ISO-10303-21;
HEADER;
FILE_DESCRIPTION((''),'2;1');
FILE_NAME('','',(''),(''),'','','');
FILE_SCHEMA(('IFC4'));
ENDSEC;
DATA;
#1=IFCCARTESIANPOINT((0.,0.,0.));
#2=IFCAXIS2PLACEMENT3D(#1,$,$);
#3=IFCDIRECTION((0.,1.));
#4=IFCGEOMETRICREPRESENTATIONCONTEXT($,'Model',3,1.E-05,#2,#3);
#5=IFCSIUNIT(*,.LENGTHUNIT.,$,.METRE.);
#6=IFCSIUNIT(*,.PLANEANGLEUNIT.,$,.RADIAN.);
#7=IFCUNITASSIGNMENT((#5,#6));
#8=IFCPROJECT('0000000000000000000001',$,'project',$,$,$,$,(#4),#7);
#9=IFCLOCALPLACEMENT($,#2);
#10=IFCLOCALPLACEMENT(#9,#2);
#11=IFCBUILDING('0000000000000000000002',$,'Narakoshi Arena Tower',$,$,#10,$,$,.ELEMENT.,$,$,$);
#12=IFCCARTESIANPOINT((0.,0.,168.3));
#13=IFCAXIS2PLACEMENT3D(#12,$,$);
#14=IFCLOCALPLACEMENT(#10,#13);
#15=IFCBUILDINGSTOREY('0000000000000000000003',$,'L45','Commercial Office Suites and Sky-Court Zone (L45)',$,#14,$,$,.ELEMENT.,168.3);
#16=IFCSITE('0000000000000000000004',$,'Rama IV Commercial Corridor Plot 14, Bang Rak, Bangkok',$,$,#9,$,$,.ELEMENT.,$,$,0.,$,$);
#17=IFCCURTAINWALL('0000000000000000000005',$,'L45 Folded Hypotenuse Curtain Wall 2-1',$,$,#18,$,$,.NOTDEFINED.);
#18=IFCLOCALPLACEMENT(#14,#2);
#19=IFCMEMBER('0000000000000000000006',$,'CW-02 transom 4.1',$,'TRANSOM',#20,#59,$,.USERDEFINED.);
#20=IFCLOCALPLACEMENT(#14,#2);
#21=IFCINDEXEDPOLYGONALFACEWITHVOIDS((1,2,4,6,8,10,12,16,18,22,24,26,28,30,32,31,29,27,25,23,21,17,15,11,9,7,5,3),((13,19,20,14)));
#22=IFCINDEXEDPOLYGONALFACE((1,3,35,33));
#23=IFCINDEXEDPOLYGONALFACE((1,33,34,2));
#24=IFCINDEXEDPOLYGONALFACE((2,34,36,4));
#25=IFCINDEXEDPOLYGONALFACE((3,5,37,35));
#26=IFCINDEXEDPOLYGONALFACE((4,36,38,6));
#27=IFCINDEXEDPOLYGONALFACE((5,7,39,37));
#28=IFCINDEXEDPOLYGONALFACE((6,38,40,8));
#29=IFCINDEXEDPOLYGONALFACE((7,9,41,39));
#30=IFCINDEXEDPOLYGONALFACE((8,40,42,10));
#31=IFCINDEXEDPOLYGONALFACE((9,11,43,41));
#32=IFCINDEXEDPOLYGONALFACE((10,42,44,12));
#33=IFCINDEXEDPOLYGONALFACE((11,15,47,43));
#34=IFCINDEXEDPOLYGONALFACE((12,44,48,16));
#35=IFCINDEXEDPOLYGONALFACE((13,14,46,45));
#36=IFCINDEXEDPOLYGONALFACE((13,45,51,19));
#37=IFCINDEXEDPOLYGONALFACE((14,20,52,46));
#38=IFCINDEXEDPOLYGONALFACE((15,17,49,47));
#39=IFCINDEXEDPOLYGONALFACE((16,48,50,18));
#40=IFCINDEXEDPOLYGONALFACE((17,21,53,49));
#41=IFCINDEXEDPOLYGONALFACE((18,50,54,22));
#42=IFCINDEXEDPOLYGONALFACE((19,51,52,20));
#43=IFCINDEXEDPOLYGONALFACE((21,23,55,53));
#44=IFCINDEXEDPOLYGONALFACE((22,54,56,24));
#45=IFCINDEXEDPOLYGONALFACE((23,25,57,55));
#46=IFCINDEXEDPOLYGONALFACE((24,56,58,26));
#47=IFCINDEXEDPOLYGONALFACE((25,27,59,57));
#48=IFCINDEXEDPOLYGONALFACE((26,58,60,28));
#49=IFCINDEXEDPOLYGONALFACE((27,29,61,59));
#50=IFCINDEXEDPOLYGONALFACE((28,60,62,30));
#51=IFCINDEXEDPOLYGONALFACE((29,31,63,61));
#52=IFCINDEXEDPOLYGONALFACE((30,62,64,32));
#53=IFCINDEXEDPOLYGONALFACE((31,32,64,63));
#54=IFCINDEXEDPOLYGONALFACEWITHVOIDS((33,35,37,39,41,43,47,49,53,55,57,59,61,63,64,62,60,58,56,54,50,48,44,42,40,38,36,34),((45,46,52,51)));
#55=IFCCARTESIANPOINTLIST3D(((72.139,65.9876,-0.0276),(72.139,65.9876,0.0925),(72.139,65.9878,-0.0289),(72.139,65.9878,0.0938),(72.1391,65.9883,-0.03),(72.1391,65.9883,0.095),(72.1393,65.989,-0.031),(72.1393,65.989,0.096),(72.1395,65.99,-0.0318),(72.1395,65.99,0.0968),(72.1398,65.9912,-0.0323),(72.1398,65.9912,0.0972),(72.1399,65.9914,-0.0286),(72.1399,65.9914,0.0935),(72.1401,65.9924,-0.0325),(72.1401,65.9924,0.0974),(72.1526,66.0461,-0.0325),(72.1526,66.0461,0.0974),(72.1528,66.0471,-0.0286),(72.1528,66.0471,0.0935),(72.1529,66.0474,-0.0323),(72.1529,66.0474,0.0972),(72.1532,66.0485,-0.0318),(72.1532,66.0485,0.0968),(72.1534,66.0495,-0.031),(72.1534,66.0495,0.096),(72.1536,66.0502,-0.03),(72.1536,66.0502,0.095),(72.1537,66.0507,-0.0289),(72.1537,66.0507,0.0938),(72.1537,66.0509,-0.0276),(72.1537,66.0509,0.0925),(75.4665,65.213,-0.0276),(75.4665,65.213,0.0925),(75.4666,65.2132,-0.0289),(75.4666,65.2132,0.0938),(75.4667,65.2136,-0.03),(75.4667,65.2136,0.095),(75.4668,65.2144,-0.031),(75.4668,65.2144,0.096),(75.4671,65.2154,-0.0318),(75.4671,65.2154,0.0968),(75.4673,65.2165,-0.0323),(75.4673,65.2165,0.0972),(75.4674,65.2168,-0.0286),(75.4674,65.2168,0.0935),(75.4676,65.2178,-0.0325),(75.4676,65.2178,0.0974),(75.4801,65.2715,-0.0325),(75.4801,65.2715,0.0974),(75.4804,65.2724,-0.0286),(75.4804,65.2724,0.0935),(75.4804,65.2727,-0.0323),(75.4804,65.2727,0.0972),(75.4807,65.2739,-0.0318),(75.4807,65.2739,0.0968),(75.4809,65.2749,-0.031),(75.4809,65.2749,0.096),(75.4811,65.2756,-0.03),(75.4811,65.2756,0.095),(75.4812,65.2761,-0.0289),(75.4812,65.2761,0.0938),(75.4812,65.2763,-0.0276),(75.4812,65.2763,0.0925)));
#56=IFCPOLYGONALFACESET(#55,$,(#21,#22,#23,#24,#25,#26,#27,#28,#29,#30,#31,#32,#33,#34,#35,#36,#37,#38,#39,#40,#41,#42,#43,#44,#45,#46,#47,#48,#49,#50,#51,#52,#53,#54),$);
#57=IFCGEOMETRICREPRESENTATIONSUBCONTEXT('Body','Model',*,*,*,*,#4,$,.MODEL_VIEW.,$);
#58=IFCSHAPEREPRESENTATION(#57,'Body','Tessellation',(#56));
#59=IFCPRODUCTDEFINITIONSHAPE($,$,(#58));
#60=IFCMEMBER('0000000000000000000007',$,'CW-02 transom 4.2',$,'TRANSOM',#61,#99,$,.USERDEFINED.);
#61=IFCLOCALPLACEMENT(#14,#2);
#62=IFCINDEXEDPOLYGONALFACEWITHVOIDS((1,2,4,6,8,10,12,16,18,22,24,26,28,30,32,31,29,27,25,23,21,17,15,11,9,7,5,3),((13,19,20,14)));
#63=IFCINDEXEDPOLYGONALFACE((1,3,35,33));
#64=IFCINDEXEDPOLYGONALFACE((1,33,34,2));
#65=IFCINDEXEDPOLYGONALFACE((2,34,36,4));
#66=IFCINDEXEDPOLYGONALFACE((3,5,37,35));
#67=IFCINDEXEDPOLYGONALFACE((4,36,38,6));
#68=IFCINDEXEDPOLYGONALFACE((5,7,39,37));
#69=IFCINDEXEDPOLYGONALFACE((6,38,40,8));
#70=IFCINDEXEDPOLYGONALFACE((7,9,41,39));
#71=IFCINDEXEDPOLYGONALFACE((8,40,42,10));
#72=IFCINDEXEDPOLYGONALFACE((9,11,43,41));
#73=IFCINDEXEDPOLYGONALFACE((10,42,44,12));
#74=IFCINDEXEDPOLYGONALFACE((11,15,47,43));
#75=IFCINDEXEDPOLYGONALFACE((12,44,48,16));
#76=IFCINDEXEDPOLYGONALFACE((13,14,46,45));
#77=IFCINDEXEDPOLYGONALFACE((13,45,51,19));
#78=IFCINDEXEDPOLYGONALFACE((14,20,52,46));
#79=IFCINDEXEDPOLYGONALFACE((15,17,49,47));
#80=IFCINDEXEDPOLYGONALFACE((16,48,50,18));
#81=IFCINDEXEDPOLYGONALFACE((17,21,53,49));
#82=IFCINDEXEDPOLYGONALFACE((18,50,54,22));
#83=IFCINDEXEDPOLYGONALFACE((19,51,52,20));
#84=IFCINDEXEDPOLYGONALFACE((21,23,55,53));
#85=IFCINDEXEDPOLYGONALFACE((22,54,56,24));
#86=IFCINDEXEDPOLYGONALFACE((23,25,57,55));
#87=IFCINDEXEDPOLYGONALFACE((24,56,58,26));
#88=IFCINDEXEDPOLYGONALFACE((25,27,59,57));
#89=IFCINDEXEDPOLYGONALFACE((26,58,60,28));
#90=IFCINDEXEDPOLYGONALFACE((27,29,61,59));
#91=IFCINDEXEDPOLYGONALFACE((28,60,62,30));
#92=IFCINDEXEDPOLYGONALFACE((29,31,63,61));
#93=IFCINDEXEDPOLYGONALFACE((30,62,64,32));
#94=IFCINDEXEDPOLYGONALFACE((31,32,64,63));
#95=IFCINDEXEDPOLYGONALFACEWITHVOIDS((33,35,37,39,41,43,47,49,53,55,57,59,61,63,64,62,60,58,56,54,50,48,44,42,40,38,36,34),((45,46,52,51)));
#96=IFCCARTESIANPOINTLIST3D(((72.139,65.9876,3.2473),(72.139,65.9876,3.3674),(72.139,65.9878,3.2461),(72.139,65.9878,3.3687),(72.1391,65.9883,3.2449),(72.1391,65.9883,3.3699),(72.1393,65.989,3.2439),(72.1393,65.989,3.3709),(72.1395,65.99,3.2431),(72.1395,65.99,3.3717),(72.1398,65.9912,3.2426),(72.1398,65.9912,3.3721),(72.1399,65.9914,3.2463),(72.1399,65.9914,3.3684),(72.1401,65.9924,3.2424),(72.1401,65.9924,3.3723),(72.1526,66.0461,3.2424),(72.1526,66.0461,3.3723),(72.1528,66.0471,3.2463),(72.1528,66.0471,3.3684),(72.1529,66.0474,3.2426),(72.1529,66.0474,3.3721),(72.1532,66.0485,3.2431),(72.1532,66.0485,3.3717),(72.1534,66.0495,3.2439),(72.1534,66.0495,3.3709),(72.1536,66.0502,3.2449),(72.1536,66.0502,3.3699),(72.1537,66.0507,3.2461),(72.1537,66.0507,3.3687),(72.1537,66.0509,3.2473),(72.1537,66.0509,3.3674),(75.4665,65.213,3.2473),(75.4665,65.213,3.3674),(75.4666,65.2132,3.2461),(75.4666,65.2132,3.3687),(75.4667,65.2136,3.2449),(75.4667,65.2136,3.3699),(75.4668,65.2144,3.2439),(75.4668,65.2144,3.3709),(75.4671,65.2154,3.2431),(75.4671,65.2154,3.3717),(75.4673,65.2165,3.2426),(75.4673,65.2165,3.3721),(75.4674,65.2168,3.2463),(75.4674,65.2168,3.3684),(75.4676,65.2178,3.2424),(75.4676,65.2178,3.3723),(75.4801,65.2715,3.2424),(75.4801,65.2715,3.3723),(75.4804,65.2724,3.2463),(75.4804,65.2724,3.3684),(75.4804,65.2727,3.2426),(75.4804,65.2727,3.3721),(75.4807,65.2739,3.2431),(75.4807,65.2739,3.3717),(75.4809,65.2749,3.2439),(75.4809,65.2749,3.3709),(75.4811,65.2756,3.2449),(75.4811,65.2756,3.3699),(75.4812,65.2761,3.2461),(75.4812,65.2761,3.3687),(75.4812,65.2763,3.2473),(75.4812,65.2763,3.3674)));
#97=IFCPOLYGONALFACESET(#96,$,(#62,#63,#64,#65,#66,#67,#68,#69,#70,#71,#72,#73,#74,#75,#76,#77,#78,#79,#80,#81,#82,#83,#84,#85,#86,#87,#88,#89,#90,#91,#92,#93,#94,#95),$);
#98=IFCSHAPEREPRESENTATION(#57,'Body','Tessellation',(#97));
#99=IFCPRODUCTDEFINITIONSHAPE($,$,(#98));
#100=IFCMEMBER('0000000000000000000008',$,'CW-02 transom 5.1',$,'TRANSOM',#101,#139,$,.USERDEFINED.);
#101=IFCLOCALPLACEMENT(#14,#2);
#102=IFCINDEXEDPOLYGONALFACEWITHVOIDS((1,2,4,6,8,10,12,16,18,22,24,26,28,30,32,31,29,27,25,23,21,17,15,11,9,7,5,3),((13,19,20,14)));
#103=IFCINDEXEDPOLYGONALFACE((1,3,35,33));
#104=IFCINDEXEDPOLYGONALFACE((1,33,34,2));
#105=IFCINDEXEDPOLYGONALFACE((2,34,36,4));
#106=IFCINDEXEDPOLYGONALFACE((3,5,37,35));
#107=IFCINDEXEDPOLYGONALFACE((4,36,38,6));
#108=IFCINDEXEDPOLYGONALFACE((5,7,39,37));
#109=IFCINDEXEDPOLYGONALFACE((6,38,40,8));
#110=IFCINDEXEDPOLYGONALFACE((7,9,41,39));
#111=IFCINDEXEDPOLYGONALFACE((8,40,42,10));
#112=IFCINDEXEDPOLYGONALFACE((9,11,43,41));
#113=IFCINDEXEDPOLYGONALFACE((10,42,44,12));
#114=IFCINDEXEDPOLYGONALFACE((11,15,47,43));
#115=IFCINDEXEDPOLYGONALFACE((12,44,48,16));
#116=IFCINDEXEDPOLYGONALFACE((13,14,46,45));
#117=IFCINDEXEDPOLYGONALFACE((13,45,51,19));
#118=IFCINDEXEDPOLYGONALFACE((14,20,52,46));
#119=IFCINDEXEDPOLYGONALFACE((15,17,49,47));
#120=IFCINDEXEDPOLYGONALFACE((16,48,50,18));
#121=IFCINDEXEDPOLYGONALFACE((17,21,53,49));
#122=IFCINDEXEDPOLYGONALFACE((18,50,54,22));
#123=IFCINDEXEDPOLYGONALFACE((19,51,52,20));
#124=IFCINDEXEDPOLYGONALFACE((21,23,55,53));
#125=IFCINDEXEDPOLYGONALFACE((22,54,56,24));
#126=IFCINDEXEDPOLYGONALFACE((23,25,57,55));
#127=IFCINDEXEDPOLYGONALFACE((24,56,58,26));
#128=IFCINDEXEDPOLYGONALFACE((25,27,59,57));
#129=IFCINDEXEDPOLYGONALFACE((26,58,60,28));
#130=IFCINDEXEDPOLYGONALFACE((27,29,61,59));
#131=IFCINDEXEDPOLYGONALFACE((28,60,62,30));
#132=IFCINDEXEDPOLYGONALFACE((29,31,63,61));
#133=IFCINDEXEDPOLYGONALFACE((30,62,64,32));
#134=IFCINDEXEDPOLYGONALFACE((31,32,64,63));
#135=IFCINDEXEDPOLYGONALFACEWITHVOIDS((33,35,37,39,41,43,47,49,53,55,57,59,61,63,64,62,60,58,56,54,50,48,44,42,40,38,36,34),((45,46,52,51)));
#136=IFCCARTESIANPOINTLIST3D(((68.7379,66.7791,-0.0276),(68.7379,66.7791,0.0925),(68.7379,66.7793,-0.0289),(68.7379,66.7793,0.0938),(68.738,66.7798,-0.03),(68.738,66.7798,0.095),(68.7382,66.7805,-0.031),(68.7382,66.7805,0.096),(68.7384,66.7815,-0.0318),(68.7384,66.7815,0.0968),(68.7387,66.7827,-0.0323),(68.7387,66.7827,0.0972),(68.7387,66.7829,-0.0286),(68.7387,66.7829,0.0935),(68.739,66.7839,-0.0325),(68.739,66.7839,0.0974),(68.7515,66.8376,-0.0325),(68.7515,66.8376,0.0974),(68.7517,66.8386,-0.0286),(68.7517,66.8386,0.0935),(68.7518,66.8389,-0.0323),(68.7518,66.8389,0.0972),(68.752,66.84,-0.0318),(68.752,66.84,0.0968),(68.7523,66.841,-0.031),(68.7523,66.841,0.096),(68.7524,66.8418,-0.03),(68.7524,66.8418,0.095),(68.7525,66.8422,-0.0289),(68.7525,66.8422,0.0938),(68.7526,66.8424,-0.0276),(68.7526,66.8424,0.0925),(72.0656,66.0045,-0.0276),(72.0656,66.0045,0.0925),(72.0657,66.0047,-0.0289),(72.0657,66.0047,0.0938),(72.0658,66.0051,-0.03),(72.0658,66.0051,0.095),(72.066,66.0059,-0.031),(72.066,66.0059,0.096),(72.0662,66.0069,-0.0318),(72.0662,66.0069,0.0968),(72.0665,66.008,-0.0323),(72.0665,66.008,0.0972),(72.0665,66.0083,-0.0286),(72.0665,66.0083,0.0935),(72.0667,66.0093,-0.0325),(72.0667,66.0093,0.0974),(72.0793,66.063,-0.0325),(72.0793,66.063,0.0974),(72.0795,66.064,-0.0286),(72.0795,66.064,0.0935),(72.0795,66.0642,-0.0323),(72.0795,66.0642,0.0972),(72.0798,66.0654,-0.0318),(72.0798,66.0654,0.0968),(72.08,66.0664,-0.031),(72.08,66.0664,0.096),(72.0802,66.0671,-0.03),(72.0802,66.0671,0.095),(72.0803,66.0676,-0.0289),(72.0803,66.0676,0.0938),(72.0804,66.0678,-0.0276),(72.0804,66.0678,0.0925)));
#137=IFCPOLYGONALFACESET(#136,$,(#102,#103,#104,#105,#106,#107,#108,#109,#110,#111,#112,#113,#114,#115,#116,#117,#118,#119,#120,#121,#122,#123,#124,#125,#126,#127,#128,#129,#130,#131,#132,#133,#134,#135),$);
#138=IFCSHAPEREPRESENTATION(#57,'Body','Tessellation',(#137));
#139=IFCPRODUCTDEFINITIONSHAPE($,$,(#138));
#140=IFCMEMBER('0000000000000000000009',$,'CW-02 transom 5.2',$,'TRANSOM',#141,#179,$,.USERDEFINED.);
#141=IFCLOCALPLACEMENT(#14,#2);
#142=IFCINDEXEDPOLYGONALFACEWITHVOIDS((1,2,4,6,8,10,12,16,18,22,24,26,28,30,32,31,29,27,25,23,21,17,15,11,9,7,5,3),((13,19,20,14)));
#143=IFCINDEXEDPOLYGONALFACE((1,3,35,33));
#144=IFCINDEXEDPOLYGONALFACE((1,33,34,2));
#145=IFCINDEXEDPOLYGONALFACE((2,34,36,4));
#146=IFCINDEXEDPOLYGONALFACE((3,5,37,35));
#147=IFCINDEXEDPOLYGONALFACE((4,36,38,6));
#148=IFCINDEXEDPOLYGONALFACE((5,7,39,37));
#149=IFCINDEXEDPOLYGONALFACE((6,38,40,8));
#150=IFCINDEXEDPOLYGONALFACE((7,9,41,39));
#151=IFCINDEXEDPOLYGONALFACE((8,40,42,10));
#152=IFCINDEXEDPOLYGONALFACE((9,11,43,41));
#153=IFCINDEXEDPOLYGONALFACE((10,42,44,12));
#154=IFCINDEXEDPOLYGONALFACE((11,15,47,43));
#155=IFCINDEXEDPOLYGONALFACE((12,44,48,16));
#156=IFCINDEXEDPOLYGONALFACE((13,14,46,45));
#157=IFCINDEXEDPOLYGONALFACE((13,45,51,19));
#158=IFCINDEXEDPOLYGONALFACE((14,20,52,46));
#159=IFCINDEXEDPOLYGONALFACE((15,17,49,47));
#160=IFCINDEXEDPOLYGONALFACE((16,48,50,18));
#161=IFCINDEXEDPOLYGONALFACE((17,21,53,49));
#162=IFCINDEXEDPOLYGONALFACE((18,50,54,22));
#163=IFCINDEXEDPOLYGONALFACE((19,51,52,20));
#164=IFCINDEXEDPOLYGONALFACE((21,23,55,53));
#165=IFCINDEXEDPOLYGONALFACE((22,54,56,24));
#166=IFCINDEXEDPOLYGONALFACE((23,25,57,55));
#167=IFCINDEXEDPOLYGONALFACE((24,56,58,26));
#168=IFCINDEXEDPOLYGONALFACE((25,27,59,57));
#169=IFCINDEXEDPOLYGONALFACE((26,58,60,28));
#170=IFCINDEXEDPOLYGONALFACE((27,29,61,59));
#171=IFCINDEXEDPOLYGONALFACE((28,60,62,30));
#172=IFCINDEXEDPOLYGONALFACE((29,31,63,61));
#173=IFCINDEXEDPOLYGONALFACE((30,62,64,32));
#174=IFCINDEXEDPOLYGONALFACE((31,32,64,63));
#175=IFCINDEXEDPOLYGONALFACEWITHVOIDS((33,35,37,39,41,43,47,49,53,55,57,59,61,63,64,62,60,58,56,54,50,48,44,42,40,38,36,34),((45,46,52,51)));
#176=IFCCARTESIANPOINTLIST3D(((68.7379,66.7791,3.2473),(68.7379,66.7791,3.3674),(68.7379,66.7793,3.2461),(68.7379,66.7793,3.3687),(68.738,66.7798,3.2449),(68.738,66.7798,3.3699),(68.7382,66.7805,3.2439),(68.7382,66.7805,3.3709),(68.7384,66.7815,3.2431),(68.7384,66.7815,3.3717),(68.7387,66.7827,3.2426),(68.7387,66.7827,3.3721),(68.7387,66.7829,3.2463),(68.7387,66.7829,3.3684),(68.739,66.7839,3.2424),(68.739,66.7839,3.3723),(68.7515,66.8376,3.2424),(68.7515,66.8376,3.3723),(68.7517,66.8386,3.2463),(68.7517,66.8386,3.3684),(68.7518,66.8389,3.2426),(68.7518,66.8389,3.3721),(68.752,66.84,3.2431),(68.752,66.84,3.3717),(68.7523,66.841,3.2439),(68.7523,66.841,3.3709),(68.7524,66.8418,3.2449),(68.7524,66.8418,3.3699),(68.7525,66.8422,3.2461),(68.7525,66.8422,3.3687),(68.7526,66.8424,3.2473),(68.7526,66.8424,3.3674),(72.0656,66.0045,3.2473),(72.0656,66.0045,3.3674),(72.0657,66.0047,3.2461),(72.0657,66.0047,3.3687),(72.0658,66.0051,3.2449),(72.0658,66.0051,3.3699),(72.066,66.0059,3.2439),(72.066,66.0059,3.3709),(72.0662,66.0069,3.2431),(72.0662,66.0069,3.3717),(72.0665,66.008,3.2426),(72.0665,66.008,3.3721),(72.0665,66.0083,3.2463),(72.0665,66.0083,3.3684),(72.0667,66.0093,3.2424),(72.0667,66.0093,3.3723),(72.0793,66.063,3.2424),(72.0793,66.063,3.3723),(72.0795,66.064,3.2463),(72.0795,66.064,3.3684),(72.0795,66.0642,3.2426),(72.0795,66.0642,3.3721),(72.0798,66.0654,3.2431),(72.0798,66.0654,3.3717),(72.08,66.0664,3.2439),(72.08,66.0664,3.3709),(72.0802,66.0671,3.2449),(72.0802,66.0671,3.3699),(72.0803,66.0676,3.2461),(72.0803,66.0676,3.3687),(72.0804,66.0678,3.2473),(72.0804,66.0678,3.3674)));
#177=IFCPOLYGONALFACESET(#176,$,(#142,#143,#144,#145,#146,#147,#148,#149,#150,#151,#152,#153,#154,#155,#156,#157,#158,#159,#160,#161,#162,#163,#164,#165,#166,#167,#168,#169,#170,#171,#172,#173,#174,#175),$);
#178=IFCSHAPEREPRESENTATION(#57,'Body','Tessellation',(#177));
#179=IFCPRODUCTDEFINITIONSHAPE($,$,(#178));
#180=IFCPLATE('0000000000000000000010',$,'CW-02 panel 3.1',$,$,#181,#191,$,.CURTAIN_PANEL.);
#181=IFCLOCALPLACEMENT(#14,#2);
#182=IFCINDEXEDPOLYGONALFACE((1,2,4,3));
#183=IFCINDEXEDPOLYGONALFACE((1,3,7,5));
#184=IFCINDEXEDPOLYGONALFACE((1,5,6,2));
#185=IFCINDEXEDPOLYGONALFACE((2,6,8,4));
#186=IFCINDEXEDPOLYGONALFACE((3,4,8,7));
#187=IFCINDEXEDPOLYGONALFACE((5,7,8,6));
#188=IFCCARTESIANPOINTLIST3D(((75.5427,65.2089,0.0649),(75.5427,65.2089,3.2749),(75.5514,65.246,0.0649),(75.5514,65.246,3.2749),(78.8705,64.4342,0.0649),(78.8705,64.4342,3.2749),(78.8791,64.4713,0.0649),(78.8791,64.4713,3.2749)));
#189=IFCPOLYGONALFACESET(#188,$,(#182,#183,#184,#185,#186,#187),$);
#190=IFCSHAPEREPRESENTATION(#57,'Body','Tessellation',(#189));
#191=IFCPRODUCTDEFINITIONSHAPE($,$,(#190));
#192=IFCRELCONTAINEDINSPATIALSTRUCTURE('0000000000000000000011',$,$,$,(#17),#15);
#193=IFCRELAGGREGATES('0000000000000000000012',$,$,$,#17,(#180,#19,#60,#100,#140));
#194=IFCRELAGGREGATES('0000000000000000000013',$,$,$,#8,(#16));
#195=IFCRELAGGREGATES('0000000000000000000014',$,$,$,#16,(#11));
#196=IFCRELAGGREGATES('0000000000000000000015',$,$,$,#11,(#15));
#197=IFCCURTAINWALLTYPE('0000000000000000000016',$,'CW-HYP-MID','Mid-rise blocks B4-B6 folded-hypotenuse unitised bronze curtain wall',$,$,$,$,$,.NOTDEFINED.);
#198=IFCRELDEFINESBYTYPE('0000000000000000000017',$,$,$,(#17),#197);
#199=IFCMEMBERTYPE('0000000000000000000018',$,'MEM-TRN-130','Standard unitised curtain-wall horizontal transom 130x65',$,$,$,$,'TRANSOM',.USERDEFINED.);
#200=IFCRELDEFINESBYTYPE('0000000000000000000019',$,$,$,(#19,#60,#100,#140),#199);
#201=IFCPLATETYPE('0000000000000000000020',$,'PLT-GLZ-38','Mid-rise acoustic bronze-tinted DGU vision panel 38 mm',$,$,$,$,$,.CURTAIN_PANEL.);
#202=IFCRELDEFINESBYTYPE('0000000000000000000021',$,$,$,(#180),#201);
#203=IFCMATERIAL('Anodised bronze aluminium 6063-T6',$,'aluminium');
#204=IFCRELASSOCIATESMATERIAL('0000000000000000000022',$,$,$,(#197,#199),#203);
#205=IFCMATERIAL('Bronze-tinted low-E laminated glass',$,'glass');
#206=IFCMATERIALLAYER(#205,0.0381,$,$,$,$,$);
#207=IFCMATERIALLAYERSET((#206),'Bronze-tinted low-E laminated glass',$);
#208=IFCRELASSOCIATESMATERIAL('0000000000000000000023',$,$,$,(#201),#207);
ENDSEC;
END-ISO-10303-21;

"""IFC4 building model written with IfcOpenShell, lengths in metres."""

from ifc_helpers import new_model, si_unit, direction, frame, origin, origin_2d, place, context, subcontext, project, spatial, rectangle, hollow_rectangle, extrude, material, layer, layer_set, material_profile, profile_set, type_object, element, aggregate, save


model = new_model("IFC4")

# Units and contexts
model_context = context("Model", 3, precision=1e-05, world=origin(), true_north=direction((0.0, 1.0)))
body_context = subcontext(model_context, "Body", "Model", "MODEL_VIEW")
ifc_project = project(units=[si_unit("LENGTHUNIT", "METRE"), si_unit("PLANEANGLEUNIT", "RADIAN")], contexts=[model_context])

# Site, building, storey
site_placement = place(None, origin())
site = spatial("IfcSite", under=ifc_project, at=site_placement, Name="Rama IV Commercial Corridor Plot 14, Bang Rak, Bangkok", CompositionType="ELEMENT", RefElevation=0.0)
building_placement = place(site_placement, origin())
building = spatial("IfcBuilding", under=site, at=building_placement, Name="Narakoshi Arena Tower", CompositionType="ELEMENT")
storey_placement = place(building_placement, frame((0.0, 0.0, 168.3)))
storey = spatial("IfcBuildingStorey", under=building, at=storey_placement, Name="L45", Description="Commercial Office Suites and Sky-Court Zone (L45)", CompositionType="ELEMENT", Elevation=168.3)

# Curtain wall, members, plate
ifc_material_1 = material(Name="Anodised bronze aluminium 6063-T6", Category="aluminium")
curtain_wall_type = type_object("IfcCurtainWallType", Name="CW-HYP-MID", Description="Mid-rise blocks B4-B6 folded-hypotenuse unitised bronze curtain wall", PredefinedType="NOTDEFINED", material=ifc_material_1)
curtain_wall_placement = place(storey_placement, origin())
curtain_wall = element("IfcCurtainWall", 1, at=curtain_wall_placement, inside=storey, type_object=curtain_wall_type, Name="L45 Folded Hypotenuse Curtain Wall 2-1", PredefinedType="NOTDEFINED")
ifc_material_profile_1 = material_profile(ifc_material_1, hollow_rectangle(XDim=0.0649, YDim=0.1299, WallThickness=0.0039, OuterFilletRadius=0.0049, at=origin_2d()), Name="TRN130x65x4")
ifc_profile_set_1 = profile_set([ifc_material_profile_1], Name="Anodised bronze aluminium 6063-T6")
member_type_1 = type_object("IfcMemberType", Name="MEM-TRN-130", Description="Standard unitised curtain-wall horizontal transom 130x65", ElementType="TRANSOM", PredefinedType="USERDEFINED", material=ifc_profile_set_1)
member_1_placement = place(storey_placement, frame((75.4739, 65.2446, 0.0325), z_axis=(-0.973957, 0.226733, 0.0), x_axis=(-0.226733, -0.973957, 0.0)))
member_1 = element("IfcMember", 2, at=member_1_placement, type_object=member_type_1, Name="CW-02 transom 4.1", ObjectType="TRANSOM", PredefinedType="USERDEFINED", context=body_context, shape_type="SweptSolid", body=[
    extrude(hollow_rectangle(XDim=0.0649, YDim=0.1299, WallThickness=0.0039, OuterFilletRadius=0.0049, at=origin_2d()), origin(), (0.0, 0.0, 1.0), 3.4165),
])
member_2_placement = place(storey_placement, frame((75.4739, 65.2446, 3.3074), z_axis=(-0.973957, 0.226733, 0.0), x_axis=(-0.226733, -0.973957, 0.0)))
member_2 = element("IfcMember", 3, at=member_2_placement, type_object=member_type_1, Name="CW-02 transom 4.2", ObjectType="TRANSOM", PredefinedType="USERDEFINED", context=body_context, shape_type="SweptSolid", body=[
    extrude(hollow_rectangle(XDim=0.0649, YDim=0.1299, WallThickness=0.0039, OuterFilletRadius=0.0049, at=origin_2d()), origin(), (0.0, 0.0, 1.0), 3.4165),
])
member_3_placement = place(storey_placement, frame((72.073, 66.0361, 0.0325), z_axis=(-0.973961, 0.226717, 0.0), x_axis=(-0.226717, -0.973961, 0.0)))
member_3 = element("IfcMember", 4, at=member_3_placement, type_object=member_type_1, Name="CW-02 transom 5.1", ObjectType="TRANSOM", PredefinedType="USERDEFINED", context=body_context, shape_type="SweptSolid", body=[
    extrude(hollow_rectangle(XDim=0.0649, YDim=0.1299, WallThickness=0.0039, OuterFilletRadius=0.0049, at=origin_2d()), origin(), (0.0, 0.0, 1.0), 3.4167),
])
member_4_placement = place(storey_placement, frame((72.073, 66.0361, 3.3074), z_axis=(-0.973961, 0.226717, 0.0), x_axis=(-0.226717, -0.973961, 0.0)))
member_4 = element("IfcMember", 5, at=member_4_placement, type_object=member_type_1, Name="CW-02 transom 5.2", ObjectType="TRANSOM", PredefinedType="USERDEFINED", context=body_context, shape_type="SweptSolid", body=[
    extrude(hollow_rectangle(XDim=0.0649, YDim=0.1299, WallThickness=0.0039, OuterFilletRadius=0.0049, at=origin_2d()), origin(), (0.0, 0.0, 1.0), 3.4167),
])
ifc_material_2 = material(Name="Bronze-tinted low-E laminated glass", Category="glass")
ifc_layer_1 = layer(ifc_material_2, 0.0381)
ifc_layer_set_1 = layer_set([ifc_layer_1], Name="Bronze-tinted low-E laminated glass")
plate_type = type_object("IfcPlateType", Name="PLT-GLZ-38", Description="Mid-rise acoustic bronze-tinted DGU vision panel 38 mm", PredefinedType="CURTAIN_PANEL", material=ifc_layer_set_1)
plate_1_placement = place(storey_placement, frame((77.2109, 64.8401, 0.0649), z_axis=(0.0, 0.0, 1.0), x_axis=(-0.97396, 0.226721, 0.0)))
plate_1 = element("IfcPlate", 6, at=plate_1_placement, type_object=plate_type, Name="CW-02 panel 3.1", PredefinedType="CURTAIN_PANEL", context=body_context, shape_type="SweptSolid", body=[
    extrude(rectangle(XDim=3.4167, YDim=0.0381, at=origin_2d()), origin(), (0.0, 0.0, 1.0), 3.21),
])
aggregate(curtain_wall, [plate_1, member_1, member_2, member_3, member_4])

save(model, "model.ifc")
